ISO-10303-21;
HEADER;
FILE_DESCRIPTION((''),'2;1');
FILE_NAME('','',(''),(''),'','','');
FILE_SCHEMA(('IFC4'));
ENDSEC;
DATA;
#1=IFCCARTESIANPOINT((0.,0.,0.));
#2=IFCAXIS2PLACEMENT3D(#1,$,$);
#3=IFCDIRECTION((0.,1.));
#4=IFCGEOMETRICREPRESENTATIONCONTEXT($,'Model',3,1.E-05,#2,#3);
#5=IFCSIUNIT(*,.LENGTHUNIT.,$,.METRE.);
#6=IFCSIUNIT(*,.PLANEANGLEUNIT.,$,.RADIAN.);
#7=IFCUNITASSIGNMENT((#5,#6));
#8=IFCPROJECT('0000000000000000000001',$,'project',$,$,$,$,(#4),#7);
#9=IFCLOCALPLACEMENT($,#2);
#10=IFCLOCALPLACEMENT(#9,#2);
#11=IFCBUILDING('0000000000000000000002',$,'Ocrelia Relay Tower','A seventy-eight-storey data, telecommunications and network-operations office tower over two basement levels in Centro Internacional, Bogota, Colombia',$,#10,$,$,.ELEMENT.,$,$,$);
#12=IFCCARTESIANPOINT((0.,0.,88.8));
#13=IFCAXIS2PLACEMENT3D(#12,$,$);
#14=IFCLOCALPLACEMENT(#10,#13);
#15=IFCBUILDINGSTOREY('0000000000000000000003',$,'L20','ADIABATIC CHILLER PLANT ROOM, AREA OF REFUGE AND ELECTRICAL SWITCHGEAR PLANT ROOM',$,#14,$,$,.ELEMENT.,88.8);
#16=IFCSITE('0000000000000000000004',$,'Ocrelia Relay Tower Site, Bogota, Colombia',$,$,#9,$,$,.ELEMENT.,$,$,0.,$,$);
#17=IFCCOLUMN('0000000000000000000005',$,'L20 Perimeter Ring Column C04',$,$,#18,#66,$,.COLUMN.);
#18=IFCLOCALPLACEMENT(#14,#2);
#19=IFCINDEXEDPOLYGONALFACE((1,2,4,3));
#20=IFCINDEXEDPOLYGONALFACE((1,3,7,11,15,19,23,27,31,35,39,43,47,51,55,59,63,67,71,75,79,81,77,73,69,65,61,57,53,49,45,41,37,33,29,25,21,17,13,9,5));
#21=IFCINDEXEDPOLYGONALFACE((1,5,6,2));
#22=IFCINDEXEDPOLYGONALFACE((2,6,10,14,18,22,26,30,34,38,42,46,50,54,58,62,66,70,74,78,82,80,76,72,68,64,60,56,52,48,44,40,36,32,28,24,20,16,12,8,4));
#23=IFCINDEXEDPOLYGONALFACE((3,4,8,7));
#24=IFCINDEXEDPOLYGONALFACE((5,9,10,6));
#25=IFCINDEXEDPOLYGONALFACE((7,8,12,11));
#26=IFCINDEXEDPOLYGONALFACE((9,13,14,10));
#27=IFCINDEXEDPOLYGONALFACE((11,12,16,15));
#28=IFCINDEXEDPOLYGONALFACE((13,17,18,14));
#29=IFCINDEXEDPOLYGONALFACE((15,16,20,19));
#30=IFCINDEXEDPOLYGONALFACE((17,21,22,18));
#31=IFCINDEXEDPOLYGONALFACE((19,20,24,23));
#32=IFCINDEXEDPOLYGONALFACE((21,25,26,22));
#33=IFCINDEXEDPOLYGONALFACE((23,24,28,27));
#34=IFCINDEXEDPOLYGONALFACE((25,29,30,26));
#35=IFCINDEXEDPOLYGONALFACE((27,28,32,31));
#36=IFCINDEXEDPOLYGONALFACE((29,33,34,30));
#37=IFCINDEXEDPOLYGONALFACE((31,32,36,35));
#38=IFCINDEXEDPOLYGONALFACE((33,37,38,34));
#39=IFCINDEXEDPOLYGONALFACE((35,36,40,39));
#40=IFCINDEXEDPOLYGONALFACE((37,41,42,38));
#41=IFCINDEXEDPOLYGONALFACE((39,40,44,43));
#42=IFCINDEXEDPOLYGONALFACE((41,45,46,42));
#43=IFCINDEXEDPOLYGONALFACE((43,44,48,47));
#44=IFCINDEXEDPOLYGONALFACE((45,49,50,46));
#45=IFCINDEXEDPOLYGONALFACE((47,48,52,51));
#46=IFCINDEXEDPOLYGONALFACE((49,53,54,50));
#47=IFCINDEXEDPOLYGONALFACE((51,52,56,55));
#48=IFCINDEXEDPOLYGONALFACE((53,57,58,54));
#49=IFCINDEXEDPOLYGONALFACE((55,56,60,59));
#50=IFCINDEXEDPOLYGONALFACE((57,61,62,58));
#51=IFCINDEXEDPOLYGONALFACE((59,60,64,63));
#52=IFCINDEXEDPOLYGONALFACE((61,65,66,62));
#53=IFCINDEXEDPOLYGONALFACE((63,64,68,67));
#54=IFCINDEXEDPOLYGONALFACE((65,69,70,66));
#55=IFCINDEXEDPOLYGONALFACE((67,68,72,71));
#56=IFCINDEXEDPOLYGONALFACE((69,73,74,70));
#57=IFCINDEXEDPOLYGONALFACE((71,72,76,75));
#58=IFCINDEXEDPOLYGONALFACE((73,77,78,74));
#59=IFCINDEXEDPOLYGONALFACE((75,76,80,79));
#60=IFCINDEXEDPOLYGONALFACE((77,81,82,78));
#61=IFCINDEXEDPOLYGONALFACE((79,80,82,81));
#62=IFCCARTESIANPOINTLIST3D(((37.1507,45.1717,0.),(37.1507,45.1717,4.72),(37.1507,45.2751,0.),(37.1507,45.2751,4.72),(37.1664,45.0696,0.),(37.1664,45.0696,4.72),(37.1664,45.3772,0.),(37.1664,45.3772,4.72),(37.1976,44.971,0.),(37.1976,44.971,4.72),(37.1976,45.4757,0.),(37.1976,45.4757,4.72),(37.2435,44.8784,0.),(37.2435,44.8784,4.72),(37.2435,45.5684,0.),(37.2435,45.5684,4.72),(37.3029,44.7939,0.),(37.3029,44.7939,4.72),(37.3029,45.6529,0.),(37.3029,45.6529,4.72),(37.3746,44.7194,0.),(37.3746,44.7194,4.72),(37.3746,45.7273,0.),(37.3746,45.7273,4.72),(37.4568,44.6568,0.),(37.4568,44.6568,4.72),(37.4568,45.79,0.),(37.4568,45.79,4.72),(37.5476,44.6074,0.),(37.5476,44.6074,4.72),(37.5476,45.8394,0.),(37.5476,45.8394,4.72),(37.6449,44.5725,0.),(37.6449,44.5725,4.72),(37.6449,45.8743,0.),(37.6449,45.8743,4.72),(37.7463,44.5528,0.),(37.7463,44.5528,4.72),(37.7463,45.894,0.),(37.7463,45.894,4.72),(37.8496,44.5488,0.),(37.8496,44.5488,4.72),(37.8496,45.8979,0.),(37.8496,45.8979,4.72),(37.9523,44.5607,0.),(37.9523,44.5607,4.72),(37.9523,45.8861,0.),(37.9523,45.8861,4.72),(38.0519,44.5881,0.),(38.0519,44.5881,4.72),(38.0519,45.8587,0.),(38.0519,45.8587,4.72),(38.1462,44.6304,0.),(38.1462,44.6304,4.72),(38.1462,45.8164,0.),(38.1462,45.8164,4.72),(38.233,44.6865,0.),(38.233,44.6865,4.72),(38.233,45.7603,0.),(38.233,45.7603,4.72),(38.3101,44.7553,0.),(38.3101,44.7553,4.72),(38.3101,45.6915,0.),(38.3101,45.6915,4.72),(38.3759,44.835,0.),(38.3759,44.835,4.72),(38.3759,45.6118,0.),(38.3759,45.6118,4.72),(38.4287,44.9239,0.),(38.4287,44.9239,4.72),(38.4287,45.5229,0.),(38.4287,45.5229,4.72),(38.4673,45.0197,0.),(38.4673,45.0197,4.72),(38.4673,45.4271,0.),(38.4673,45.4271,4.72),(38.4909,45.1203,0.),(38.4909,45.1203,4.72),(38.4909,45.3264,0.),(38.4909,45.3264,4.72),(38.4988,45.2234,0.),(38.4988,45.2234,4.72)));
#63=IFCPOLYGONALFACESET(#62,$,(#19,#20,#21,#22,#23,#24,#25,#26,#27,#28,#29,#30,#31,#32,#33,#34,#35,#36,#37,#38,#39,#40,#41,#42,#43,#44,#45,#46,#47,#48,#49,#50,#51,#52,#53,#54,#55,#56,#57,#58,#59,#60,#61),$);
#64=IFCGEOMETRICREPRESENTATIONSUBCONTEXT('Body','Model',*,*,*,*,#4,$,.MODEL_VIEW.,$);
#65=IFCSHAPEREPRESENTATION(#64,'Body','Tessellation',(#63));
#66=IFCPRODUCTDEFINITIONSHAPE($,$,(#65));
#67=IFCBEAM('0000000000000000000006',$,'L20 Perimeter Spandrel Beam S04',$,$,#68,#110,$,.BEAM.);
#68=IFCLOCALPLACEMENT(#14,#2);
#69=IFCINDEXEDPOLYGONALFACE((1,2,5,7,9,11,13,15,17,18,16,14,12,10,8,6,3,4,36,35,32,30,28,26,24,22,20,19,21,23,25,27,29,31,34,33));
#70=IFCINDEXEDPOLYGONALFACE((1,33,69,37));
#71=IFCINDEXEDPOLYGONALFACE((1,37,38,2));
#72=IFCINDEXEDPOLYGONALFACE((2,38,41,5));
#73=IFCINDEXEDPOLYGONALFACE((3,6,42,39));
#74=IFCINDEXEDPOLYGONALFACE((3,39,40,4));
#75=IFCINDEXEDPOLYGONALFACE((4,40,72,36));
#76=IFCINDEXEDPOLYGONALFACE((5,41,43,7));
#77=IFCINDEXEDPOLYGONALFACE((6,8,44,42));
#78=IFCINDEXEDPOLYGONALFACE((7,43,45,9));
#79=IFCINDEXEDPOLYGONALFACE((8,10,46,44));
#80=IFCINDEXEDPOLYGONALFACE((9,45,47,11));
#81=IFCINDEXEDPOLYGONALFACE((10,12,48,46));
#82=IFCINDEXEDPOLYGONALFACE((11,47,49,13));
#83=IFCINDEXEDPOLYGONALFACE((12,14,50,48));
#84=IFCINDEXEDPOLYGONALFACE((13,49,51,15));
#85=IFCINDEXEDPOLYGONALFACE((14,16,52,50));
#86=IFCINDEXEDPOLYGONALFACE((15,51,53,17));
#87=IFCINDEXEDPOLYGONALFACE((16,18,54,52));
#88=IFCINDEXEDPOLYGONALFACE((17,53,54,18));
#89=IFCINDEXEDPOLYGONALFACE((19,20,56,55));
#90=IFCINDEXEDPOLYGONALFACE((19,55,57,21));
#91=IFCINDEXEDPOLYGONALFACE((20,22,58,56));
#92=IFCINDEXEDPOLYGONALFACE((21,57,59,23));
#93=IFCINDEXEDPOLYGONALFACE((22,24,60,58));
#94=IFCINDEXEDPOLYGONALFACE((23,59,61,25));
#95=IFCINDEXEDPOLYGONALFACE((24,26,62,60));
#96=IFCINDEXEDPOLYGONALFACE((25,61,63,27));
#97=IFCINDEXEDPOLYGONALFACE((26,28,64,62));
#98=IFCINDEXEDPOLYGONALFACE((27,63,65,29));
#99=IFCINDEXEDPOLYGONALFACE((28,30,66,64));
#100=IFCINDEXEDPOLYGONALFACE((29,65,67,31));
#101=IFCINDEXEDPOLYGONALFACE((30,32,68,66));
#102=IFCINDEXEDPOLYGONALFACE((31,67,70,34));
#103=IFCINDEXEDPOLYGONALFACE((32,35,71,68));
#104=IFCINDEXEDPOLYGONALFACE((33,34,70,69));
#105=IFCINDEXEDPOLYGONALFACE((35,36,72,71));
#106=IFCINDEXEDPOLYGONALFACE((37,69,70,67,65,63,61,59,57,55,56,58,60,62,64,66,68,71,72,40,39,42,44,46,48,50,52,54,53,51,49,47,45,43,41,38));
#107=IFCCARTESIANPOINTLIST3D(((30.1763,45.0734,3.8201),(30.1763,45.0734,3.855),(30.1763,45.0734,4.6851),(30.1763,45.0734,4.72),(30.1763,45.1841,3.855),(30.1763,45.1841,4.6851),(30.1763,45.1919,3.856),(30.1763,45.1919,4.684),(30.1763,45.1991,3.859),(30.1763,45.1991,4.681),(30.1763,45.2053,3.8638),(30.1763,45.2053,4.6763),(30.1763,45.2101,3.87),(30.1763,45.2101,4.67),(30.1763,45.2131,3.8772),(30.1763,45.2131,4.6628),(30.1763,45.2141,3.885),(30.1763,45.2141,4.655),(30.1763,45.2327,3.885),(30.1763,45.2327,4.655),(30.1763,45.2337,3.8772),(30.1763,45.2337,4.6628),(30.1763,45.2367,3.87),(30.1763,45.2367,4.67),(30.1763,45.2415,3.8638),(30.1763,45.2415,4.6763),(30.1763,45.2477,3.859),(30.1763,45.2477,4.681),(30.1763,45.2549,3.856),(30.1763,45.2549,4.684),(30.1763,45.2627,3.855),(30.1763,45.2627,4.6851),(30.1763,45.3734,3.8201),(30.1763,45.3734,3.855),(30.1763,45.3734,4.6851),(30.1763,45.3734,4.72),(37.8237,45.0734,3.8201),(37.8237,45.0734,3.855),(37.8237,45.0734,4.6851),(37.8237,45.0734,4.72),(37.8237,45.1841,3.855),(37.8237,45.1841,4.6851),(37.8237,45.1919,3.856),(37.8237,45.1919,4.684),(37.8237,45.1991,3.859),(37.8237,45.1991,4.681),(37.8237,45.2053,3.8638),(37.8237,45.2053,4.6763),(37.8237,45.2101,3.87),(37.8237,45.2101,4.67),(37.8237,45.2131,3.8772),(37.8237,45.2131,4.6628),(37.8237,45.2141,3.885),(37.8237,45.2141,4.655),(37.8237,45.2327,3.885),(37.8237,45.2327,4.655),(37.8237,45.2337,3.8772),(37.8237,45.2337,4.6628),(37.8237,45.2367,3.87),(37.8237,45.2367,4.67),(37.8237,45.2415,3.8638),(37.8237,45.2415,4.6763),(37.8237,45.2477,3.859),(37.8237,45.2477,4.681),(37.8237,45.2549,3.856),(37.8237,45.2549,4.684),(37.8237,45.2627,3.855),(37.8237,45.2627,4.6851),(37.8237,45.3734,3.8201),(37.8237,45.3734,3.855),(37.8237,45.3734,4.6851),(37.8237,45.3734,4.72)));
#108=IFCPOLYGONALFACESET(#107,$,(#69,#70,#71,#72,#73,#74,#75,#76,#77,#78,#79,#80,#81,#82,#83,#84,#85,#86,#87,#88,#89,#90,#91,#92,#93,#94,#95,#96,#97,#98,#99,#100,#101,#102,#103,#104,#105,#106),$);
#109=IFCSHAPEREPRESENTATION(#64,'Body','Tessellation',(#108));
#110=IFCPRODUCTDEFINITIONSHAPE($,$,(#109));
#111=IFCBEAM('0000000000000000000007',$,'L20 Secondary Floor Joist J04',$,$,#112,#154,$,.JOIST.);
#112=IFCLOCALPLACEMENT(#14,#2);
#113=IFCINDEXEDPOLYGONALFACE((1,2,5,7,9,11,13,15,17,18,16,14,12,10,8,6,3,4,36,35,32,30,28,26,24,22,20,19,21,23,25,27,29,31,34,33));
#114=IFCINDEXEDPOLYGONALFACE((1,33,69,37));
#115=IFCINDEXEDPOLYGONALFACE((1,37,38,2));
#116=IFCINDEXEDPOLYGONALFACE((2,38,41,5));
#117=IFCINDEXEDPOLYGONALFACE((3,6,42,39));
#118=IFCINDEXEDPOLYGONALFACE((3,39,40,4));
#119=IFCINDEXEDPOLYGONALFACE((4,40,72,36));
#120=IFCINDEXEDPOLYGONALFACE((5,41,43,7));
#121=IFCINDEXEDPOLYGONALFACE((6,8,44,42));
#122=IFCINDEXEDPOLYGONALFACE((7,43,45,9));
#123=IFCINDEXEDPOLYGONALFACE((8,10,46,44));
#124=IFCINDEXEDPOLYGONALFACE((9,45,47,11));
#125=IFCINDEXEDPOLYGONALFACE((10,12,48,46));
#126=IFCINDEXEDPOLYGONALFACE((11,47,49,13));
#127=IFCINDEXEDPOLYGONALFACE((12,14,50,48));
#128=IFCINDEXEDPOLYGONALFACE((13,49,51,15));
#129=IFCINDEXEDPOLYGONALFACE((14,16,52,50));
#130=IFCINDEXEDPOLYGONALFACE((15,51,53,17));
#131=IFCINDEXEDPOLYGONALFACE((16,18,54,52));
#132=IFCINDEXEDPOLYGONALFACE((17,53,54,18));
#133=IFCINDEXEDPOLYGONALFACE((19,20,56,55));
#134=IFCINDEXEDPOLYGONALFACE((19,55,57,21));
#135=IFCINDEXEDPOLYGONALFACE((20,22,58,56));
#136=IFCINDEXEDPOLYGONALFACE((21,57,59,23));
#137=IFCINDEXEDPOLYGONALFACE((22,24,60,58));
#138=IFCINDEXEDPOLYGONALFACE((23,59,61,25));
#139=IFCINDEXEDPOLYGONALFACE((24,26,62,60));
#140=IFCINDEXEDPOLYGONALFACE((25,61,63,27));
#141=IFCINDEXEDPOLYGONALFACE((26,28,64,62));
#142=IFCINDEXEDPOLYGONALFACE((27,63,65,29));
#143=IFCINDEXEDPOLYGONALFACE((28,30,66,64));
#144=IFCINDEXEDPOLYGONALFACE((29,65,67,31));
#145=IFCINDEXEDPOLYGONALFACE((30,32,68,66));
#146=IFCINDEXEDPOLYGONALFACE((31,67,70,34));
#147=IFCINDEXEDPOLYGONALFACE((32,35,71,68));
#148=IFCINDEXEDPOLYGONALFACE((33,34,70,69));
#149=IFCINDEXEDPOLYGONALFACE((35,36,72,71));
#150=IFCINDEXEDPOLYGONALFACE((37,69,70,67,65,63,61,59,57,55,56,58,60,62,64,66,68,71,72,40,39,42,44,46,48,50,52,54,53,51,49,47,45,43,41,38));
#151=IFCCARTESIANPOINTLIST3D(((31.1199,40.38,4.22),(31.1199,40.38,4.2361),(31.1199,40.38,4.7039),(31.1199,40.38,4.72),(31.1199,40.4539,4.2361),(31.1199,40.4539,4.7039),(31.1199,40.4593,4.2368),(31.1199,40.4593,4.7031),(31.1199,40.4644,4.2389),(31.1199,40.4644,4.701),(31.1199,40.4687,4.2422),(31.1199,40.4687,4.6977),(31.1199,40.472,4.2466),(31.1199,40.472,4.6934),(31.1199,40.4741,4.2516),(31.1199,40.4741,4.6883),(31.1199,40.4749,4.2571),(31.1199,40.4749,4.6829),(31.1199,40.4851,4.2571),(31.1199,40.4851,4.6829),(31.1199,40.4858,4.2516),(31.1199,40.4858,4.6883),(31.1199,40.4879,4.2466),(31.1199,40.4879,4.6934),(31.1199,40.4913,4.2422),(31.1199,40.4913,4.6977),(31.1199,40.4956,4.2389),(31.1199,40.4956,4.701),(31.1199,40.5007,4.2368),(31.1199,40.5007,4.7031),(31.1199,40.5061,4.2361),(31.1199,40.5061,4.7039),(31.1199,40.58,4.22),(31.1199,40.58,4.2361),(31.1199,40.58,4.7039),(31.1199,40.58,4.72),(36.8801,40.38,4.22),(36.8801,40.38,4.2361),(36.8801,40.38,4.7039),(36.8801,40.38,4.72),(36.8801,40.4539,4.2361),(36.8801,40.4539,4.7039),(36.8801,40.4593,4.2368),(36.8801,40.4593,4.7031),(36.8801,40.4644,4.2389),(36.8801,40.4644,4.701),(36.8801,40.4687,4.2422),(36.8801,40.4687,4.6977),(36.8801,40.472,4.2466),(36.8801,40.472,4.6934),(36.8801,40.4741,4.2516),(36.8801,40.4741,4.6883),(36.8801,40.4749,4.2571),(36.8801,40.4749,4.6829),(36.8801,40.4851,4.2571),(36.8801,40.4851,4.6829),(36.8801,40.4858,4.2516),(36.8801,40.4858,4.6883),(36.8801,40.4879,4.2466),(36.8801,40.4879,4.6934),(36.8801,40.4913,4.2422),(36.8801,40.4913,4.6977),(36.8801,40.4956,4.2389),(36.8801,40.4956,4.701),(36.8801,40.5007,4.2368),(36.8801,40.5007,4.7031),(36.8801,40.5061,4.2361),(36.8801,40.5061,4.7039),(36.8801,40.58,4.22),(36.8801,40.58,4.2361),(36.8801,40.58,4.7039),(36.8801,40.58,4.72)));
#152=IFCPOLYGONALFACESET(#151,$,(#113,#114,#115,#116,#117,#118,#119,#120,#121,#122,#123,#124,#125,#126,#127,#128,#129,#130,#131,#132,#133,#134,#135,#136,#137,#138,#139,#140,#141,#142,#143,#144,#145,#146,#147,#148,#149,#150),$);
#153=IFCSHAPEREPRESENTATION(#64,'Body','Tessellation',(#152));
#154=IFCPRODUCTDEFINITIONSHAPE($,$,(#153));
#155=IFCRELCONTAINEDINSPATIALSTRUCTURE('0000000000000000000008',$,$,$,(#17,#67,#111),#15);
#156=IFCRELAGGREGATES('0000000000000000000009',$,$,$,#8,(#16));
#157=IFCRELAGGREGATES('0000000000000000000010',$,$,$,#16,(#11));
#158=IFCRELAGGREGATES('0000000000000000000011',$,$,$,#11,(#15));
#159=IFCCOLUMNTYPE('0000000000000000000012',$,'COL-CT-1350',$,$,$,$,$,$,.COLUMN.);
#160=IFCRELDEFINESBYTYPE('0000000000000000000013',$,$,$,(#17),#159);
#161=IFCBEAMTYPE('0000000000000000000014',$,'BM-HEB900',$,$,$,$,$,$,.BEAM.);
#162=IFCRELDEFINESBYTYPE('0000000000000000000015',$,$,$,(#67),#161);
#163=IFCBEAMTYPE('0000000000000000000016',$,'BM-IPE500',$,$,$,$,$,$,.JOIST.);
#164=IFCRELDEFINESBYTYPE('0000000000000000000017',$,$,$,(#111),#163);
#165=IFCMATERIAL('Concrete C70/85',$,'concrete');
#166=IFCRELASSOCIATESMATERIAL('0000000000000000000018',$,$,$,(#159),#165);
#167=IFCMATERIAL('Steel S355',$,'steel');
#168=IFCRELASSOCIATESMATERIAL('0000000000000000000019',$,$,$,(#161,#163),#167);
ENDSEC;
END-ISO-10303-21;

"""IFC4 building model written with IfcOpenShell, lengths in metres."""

from ifc_helpers import new_model, si_unit, direction, frame, origin, origin_2d, place, context, subcontext, project, spatial, circle, i_section, extrude, material, material_profile, profile_set, type_object, element, save


model = new_model("IFC4")

# Units and contexts
model_context = context("Model", 3, precision=1e-05, world=origin(), true_north=direction((0.0, 1.0)))
body_context = subcontext(model_context, "Body", "Model", "MODEL_VIEW")
ifc_project = project(units=[si_unit("LENGTHUNIT", "METRE"), si_unit("PLANEANGLEUNIT", "RADIAN")], contexts=[model_context])

# Site, building, storey
site_placement = place(None, origin())
site = spatial("IfcSite", under=ifc_project, at=site_placement, Name="Ocrelia Relay Tower Site, Bogota, Colombia", CompositionType="ELEMENT", RefElevation=0.0)
building_placement = place(site_placement, origin())
building = spatial("IfcBuilding", under=site, at=building_placement, Name="Ocrelia Relay Tower", Description="A seventy-eight-storey data, telecommunications and network-operations office tower over two basement levels in Centro Internacional, Bogota, Colombia", CompositionType="ELEMENT")
storey_placement = place(building_placement, frame((0.0, 0.0, 88.8)))
storey = spatial("IfcBuildingStorey", under=building, at=storey_placement, Name="L20", Description="ADIABATIC CHILLER PLANT ROOM, AREA OF REFUGE AND ELECTRICAL SWITCHGEAR PLANT ROOM", CompositionType="ELEMENT", Elevation=88.8)

# Column
ifc_material_1 = material(Name="Concrete C70/85", Category="concrete")
ifc_material_profile_1 = material_profile(ifc_material_1, circle(Radius=0.675, at=origin_2d()), Name="RC-CIR-1350")
ifc_profile_set_1 = profile_set([ifc_material_profile_1], Name="Concrete C70/85")
column_type = type_object("IfcColumnType", Name="COL-CT-1350", PredefinedType="COLUMN", material=ifc_profile_set_1)
column_placement = place(storey_placement, frame((37.8237, 45.2234, 0.0), z_axis=(0.0, 0.0, 1.0), x_axis=(1.0, 0.0, 0.0)))
element("IfcColumn", 1, at=column_placement, inside=storey, type_object=column_type, Name="L20 Perimeter Ring Column C04", PredefinedType="COLUMN", context=body_context, shape_type="SweptSolid", body=[
    extrude(circle(Radius=0.675, at=origin_2d()), origin(), (0.0, 0.0, 1.0), 4.72),
])

# Beams
ifc_material_2 = material(Name="Steel S355", Category="steel")
ifc_material_profile_2 = material_profile(ifc_material_2, i_section(OverallWidth=0.3, OverallDepth=0.8999, WebThickness=0.0186, FlangeThickness=0.0349, FilletRadius=0.03, at=origin_2d()), Name="HEB 900")
ifc_profile_set_2 = profile_set([ifc_material_profile_2], Name="Steel S355")
beam_type_1 = type_object("IfcBeamType", Name="BM-HEB900", PredefinedType="BEAM", material=ifc_profile_set_2)
beam_1_placement = place(storey_placement, frame((37.8237, 45.2234, 4.27), z_axis=(-1.0, 0.0, 0.0), x_axis=(0.0, -1.0, 0.0)))
element("IfcBeam", 2, at=beam_1_placement, inside=storey, type_object=beam_type_1, Name="L20 Perimeter Spandrel Beam S04", PredefinedType="BEAM", context=body_context, shape_type="SweptSolid", body=[
    extrude(i_section(OverallWidth=0.3, OverallDepth=0.8999, WebThickness=0.0186, FlangeThickness=0.0349, FilletRadius=0.03, at=origin_2d()), origin(), (0.0, 0.0, 1.0), 7.6475),
])
ifc_material_profile_3 = material_profile(ifc_material_2, i_section(OverallWidth=0.2, OverallDepth=0.5, WebThickness=0.0103, FlangeThickness=0.0161, FilletRadius=0.021, at=origin_2d()), Name="IPE 500")
ifc_profile_set_3 = profile_set([ifc_material_profile_3], Name="Steel S355")
beam_type_2 = type_object("IfcBeamType", Name="BM-IPE500", PredefinedType="JOIST", material=ifc_profile_set_3)
beam_2_placement = place(storey_placement, frame((36.8801, 40.48, 4.47), z_axis=(-1.0, 0.0, 0.0), x_axis=(0.0, -1.0, 0.0)))
element("IfcBeam", 3, at=beam_2_placement, inside=storey, type_object=beam_type_2, Name="L20 Secondary Floor Joist J04", PredefinedType="JOIST", context=body_context, shape_type="SweptSolid", body=[
    extrude(i_section(OverallWidth=0.2, OverallDepth=0.5, WebThickness=0.0103, FlangeThickness=0.0161, FilletRadius=0.021, at=origin_2d()), origin(), (0.0, 0.0, 1.0), 5.7603),
])

save(model, "model.ifc")
